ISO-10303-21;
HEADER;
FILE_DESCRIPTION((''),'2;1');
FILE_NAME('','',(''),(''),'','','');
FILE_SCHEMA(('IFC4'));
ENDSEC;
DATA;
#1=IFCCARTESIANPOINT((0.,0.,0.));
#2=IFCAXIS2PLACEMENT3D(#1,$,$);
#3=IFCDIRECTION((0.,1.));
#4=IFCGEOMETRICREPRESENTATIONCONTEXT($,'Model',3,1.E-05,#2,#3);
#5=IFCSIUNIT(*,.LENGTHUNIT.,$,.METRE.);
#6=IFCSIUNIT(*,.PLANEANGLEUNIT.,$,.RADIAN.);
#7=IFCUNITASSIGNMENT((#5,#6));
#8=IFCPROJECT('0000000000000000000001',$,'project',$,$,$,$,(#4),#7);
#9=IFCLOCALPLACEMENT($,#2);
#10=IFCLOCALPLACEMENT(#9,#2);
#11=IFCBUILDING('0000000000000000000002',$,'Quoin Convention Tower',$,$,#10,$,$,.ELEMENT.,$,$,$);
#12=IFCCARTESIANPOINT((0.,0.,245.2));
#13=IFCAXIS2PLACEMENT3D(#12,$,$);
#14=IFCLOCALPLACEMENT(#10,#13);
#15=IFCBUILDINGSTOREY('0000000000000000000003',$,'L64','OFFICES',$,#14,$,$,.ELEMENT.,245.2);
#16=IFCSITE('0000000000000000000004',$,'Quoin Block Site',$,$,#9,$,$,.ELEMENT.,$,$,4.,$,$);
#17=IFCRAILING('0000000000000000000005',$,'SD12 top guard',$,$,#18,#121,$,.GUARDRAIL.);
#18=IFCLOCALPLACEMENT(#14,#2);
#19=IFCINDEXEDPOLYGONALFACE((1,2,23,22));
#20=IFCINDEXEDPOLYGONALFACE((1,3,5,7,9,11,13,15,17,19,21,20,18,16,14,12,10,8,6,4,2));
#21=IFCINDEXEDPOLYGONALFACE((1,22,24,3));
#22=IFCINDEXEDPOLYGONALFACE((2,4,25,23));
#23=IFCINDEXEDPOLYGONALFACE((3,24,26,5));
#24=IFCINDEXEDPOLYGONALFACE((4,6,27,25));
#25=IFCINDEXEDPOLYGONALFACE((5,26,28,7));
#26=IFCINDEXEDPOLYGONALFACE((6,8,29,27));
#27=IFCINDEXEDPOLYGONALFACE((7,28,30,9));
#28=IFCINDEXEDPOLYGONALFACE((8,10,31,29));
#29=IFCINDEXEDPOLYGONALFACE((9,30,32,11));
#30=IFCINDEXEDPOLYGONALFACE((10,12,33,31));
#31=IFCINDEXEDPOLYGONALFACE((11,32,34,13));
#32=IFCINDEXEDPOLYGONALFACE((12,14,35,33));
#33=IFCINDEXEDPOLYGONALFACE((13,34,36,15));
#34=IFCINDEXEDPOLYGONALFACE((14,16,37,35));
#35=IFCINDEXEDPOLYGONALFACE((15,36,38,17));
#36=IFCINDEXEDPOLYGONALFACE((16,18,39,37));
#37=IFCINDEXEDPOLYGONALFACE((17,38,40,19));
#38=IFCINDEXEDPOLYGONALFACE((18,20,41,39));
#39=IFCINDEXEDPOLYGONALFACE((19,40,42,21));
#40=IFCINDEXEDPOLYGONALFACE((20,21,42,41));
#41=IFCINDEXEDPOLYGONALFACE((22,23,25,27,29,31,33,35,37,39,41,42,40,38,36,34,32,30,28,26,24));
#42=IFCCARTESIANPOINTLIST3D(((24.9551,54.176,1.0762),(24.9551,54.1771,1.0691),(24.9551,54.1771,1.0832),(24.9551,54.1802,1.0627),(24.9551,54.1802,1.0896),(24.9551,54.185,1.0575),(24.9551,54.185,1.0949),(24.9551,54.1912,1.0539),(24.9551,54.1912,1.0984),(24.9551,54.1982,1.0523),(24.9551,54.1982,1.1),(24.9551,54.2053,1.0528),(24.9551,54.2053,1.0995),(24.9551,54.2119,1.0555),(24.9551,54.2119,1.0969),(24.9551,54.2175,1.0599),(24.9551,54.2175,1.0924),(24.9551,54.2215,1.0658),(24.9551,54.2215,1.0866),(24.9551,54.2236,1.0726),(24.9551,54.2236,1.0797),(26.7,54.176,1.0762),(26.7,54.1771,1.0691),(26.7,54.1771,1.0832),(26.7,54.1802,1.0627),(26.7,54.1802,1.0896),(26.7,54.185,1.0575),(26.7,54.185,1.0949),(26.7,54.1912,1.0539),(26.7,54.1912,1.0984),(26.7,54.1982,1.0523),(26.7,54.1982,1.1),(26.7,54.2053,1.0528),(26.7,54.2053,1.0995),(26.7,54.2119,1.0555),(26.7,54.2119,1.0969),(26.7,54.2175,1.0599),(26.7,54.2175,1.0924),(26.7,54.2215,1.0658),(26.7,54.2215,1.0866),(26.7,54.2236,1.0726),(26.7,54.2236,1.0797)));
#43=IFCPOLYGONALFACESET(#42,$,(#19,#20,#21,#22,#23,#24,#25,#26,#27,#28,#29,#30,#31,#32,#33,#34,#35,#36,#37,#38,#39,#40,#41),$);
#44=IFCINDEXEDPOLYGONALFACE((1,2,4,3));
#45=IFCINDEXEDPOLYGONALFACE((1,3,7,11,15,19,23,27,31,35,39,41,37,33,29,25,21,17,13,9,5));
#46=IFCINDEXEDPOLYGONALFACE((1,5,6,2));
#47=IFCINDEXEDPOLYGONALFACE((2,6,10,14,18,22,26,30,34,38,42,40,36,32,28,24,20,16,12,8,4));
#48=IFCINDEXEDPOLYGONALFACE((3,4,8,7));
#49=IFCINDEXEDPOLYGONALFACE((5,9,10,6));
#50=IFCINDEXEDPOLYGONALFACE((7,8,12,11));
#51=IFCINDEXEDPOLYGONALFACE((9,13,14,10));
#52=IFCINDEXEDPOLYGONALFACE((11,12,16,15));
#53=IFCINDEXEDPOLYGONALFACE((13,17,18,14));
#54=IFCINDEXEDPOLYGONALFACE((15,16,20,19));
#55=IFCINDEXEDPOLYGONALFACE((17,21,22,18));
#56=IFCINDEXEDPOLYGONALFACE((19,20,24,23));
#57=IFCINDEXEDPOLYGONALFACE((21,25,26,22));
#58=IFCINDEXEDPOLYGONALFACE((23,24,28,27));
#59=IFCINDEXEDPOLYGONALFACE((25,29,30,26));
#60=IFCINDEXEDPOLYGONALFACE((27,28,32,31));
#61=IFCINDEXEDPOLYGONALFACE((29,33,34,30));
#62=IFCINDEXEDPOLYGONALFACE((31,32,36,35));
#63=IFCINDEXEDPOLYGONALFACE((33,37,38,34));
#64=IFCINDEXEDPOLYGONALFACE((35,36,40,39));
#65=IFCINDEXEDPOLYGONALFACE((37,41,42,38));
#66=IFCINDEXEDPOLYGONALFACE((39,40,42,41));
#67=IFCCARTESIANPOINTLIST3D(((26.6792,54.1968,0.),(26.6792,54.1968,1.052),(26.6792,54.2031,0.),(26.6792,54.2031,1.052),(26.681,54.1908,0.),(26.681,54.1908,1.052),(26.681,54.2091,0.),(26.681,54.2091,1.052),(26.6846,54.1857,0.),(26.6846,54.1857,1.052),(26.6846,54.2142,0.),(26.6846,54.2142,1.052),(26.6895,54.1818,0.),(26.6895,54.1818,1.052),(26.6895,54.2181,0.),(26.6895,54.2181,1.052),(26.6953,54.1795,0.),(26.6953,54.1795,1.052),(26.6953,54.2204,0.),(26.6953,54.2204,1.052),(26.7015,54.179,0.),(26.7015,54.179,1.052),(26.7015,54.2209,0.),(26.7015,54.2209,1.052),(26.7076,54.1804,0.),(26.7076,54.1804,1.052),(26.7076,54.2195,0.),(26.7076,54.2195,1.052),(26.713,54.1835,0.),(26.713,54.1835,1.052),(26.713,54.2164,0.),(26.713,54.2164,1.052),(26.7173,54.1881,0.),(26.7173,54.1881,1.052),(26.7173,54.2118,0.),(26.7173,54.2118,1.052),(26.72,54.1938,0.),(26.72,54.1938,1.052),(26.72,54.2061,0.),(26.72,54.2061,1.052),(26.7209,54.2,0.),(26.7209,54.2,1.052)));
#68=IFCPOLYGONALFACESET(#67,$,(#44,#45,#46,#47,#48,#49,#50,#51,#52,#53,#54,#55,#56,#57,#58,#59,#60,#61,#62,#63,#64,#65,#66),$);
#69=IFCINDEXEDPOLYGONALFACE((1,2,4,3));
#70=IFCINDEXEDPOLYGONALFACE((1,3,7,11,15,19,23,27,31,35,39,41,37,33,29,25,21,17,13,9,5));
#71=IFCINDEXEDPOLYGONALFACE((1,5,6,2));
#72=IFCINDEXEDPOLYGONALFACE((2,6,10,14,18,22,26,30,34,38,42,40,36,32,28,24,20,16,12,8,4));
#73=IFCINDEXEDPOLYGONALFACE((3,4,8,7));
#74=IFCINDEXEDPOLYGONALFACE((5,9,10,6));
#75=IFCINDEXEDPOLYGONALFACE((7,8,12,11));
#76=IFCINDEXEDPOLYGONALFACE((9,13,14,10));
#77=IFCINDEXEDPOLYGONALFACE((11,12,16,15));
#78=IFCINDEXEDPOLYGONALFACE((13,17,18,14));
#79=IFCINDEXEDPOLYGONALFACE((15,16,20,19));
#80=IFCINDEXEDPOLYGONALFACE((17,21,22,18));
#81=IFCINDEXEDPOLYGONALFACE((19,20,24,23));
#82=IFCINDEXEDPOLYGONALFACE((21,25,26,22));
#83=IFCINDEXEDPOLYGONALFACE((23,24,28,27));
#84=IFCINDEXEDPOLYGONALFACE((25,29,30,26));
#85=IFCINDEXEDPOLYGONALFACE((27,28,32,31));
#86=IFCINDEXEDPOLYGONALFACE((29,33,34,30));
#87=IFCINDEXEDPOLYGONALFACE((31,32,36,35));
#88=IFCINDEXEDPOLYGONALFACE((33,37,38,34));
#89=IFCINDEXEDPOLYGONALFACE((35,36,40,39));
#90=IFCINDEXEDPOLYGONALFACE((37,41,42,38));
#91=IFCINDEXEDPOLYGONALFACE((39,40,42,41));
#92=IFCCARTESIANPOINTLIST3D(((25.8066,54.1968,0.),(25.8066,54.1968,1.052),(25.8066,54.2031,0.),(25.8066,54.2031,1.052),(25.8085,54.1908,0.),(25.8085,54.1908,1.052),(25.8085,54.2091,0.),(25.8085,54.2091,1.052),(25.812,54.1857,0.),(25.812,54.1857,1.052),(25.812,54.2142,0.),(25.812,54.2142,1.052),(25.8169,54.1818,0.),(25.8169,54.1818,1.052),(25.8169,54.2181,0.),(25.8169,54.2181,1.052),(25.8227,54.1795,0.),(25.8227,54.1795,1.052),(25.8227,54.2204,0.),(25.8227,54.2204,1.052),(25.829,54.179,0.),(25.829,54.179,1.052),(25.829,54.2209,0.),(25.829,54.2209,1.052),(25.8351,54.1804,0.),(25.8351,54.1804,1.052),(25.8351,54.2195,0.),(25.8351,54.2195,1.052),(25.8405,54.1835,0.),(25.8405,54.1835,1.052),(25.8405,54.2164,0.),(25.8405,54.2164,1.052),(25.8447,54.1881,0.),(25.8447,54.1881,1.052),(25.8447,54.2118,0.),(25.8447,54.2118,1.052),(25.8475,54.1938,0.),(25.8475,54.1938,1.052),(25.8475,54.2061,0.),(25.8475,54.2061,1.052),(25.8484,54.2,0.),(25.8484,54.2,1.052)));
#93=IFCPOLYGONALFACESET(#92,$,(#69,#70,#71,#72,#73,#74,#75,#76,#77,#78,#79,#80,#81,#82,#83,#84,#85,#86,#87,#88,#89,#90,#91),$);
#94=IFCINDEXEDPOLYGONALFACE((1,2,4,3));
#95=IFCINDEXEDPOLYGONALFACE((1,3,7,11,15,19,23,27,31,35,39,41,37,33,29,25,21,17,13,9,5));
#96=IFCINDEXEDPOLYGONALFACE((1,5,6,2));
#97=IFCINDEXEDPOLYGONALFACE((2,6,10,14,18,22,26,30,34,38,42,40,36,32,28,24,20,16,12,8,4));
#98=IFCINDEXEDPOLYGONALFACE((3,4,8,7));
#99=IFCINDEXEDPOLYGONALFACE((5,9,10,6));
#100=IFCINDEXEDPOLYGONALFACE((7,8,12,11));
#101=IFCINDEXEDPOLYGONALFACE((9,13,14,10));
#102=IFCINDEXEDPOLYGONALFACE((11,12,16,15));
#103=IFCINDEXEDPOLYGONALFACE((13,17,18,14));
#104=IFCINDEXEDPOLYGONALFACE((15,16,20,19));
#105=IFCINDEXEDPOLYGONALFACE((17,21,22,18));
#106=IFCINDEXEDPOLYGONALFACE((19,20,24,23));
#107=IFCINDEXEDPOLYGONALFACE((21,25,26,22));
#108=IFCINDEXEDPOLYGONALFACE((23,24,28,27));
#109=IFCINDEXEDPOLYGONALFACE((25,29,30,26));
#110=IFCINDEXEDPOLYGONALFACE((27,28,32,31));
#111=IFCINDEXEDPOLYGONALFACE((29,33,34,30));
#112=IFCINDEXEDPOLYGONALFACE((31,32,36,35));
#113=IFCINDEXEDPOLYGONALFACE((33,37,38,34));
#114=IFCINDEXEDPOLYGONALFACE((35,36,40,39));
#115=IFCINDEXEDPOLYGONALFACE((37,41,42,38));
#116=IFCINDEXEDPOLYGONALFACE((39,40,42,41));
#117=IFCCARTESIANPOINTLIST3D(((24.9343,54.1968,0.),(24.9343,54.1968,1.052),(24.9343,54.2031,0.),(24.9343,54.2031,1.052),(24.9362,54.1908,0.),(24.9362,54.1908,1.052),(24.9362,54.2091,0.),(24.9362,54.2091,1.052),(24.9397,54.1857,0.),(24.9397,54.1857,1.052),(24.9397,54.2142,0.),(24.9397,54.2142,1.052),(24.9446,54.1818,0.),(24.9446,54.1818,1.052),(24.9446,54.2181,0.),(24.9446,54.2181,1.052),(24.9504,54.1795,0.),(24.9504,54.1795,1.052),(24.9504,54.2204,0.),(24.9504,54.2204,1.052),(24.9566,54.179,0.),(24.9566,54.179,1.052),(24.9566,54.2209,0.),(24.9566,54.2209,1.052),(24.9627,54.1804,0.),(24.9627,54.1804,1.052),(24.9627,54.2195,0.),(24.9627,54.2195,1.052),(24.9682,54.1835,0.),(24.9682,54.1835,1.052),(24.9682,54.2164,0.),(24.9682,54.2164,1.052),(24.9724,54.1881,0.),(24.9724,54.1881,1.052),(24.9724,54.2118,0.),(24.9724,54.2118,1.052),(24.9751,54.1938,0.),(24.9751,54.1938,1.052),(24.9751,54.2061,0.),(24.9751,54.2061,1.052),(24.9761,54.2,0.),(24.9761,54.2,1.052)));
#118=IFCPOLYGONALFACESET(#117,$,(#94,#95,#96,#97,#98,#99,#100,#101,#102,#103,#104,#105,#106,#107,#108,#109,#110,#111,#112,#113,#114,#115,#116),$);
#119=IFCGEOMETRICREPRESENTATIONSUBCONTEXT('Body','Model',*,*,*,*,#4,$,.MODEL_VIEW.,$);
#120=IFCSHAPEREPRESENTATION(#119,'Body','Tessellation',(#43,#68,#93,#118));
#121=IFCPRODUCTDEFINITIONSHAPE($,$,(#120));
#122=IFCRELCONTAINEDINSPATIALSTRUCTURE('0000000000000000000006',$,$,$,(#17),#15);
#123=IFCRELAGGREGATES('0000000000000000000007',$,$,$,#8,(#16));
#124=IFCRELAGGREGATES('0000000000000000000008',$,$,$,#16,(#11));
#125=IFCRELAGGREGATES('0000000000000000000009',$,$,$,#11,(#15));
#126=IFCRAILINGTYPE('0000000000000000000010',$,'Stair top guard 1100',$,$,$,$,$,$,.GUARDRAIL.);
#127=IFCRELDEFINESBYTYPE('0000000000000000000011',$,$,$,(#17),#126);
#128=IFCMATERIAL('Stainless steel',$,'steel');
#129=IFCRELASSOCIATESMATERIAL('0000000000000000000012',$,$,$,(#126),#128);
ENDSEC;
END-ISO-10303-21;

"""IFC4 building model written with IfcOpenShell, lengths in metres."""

from ifc_helpers import new_model, si_unit, direction, frame, origin, origin_2d, place, context, subcontext, project, spatial, circle, extrude, material, type_object, element, save


model = new_model("IFC4")

# Units and contexts
model_context = context("Model", 3, precision=1e-05, world=origin(), true_north=direction((0.0, 1.0)))
body_context = subcontext(model_context, "Body", "Model", "MODEL_VIEW")
ifc_project = project(units=[si_unit("LENGTHUNIT", "METRE"), si_unit("PLANEANGLEUNIT", "RADIAN")], contexts=[model_context])

# Site, building, storey
site_placement = place(None, origin())
site = spatial("IfcSite", under=ifc_project, at=site_placement, Name="Quoin Block Site", CompositionType="ELEMENT", RefElevation=4.0)
building_placement = place(site_placement, origin())
building = spatial("IfcBuilding", under=site, at=building_placement, Name="Quoin Convention Tower", CompositionType="ELEMENT")
storey_placement = place(building_placement, frame((0.0, 0.0, 245.2)))
storey = spatial("IfcBuildingStorey", under=building, at=storey_placement, Name="L64", Description="OFFICES", CompositionType="ELEMENT", Elevation=245.2)

# Railing
ifc_material_1 = material(Name="Stainless steel", Category="steel")
railing_type_1 = type_object("IfcRailingType", Name="Stair top guard 1100", PredefinedType="GUARDRAIL", material=ifc_material_1)
railing_1_placement = place(storey_placement, frame((26.7, 54.2, 0.0)))
element("IfcRailing", 1, at=railing_1_placement, inside=storey, type_object=railing_type_1, Name="SD12 top guard", PredefinedType="GUARDRAIL", context=body_context, shape_type="SweptSolid", body=[
    extrude(circle(Radius=0.0239, at=origin_2d()), frame((0.0, 0.0, 1.0762), z_axis=(-1.0, 0.0, 0.0), x_axis=(0.0, -1.0, 0.0)), (0.0, 0.0, 1.0), 1.7449),
    extrude(circle(Radius=0.021, at=origin_2d()), origin(), (0.0, 0.0, 1.0), 1.052),
    extrude(circle(Radius=0.021, at=origin_2d()), frame((-0.8726, 0.0, 0.0)), (0.0, 0.0, 1.0), 1.052),
    extrude(circle(Radius=0.021, at=origin_2d()), frame((-1.7449, 0.0, 0.0)), (0.0, 0.0, 1.0), 1.052),
])

save(model, "model.ifc")
